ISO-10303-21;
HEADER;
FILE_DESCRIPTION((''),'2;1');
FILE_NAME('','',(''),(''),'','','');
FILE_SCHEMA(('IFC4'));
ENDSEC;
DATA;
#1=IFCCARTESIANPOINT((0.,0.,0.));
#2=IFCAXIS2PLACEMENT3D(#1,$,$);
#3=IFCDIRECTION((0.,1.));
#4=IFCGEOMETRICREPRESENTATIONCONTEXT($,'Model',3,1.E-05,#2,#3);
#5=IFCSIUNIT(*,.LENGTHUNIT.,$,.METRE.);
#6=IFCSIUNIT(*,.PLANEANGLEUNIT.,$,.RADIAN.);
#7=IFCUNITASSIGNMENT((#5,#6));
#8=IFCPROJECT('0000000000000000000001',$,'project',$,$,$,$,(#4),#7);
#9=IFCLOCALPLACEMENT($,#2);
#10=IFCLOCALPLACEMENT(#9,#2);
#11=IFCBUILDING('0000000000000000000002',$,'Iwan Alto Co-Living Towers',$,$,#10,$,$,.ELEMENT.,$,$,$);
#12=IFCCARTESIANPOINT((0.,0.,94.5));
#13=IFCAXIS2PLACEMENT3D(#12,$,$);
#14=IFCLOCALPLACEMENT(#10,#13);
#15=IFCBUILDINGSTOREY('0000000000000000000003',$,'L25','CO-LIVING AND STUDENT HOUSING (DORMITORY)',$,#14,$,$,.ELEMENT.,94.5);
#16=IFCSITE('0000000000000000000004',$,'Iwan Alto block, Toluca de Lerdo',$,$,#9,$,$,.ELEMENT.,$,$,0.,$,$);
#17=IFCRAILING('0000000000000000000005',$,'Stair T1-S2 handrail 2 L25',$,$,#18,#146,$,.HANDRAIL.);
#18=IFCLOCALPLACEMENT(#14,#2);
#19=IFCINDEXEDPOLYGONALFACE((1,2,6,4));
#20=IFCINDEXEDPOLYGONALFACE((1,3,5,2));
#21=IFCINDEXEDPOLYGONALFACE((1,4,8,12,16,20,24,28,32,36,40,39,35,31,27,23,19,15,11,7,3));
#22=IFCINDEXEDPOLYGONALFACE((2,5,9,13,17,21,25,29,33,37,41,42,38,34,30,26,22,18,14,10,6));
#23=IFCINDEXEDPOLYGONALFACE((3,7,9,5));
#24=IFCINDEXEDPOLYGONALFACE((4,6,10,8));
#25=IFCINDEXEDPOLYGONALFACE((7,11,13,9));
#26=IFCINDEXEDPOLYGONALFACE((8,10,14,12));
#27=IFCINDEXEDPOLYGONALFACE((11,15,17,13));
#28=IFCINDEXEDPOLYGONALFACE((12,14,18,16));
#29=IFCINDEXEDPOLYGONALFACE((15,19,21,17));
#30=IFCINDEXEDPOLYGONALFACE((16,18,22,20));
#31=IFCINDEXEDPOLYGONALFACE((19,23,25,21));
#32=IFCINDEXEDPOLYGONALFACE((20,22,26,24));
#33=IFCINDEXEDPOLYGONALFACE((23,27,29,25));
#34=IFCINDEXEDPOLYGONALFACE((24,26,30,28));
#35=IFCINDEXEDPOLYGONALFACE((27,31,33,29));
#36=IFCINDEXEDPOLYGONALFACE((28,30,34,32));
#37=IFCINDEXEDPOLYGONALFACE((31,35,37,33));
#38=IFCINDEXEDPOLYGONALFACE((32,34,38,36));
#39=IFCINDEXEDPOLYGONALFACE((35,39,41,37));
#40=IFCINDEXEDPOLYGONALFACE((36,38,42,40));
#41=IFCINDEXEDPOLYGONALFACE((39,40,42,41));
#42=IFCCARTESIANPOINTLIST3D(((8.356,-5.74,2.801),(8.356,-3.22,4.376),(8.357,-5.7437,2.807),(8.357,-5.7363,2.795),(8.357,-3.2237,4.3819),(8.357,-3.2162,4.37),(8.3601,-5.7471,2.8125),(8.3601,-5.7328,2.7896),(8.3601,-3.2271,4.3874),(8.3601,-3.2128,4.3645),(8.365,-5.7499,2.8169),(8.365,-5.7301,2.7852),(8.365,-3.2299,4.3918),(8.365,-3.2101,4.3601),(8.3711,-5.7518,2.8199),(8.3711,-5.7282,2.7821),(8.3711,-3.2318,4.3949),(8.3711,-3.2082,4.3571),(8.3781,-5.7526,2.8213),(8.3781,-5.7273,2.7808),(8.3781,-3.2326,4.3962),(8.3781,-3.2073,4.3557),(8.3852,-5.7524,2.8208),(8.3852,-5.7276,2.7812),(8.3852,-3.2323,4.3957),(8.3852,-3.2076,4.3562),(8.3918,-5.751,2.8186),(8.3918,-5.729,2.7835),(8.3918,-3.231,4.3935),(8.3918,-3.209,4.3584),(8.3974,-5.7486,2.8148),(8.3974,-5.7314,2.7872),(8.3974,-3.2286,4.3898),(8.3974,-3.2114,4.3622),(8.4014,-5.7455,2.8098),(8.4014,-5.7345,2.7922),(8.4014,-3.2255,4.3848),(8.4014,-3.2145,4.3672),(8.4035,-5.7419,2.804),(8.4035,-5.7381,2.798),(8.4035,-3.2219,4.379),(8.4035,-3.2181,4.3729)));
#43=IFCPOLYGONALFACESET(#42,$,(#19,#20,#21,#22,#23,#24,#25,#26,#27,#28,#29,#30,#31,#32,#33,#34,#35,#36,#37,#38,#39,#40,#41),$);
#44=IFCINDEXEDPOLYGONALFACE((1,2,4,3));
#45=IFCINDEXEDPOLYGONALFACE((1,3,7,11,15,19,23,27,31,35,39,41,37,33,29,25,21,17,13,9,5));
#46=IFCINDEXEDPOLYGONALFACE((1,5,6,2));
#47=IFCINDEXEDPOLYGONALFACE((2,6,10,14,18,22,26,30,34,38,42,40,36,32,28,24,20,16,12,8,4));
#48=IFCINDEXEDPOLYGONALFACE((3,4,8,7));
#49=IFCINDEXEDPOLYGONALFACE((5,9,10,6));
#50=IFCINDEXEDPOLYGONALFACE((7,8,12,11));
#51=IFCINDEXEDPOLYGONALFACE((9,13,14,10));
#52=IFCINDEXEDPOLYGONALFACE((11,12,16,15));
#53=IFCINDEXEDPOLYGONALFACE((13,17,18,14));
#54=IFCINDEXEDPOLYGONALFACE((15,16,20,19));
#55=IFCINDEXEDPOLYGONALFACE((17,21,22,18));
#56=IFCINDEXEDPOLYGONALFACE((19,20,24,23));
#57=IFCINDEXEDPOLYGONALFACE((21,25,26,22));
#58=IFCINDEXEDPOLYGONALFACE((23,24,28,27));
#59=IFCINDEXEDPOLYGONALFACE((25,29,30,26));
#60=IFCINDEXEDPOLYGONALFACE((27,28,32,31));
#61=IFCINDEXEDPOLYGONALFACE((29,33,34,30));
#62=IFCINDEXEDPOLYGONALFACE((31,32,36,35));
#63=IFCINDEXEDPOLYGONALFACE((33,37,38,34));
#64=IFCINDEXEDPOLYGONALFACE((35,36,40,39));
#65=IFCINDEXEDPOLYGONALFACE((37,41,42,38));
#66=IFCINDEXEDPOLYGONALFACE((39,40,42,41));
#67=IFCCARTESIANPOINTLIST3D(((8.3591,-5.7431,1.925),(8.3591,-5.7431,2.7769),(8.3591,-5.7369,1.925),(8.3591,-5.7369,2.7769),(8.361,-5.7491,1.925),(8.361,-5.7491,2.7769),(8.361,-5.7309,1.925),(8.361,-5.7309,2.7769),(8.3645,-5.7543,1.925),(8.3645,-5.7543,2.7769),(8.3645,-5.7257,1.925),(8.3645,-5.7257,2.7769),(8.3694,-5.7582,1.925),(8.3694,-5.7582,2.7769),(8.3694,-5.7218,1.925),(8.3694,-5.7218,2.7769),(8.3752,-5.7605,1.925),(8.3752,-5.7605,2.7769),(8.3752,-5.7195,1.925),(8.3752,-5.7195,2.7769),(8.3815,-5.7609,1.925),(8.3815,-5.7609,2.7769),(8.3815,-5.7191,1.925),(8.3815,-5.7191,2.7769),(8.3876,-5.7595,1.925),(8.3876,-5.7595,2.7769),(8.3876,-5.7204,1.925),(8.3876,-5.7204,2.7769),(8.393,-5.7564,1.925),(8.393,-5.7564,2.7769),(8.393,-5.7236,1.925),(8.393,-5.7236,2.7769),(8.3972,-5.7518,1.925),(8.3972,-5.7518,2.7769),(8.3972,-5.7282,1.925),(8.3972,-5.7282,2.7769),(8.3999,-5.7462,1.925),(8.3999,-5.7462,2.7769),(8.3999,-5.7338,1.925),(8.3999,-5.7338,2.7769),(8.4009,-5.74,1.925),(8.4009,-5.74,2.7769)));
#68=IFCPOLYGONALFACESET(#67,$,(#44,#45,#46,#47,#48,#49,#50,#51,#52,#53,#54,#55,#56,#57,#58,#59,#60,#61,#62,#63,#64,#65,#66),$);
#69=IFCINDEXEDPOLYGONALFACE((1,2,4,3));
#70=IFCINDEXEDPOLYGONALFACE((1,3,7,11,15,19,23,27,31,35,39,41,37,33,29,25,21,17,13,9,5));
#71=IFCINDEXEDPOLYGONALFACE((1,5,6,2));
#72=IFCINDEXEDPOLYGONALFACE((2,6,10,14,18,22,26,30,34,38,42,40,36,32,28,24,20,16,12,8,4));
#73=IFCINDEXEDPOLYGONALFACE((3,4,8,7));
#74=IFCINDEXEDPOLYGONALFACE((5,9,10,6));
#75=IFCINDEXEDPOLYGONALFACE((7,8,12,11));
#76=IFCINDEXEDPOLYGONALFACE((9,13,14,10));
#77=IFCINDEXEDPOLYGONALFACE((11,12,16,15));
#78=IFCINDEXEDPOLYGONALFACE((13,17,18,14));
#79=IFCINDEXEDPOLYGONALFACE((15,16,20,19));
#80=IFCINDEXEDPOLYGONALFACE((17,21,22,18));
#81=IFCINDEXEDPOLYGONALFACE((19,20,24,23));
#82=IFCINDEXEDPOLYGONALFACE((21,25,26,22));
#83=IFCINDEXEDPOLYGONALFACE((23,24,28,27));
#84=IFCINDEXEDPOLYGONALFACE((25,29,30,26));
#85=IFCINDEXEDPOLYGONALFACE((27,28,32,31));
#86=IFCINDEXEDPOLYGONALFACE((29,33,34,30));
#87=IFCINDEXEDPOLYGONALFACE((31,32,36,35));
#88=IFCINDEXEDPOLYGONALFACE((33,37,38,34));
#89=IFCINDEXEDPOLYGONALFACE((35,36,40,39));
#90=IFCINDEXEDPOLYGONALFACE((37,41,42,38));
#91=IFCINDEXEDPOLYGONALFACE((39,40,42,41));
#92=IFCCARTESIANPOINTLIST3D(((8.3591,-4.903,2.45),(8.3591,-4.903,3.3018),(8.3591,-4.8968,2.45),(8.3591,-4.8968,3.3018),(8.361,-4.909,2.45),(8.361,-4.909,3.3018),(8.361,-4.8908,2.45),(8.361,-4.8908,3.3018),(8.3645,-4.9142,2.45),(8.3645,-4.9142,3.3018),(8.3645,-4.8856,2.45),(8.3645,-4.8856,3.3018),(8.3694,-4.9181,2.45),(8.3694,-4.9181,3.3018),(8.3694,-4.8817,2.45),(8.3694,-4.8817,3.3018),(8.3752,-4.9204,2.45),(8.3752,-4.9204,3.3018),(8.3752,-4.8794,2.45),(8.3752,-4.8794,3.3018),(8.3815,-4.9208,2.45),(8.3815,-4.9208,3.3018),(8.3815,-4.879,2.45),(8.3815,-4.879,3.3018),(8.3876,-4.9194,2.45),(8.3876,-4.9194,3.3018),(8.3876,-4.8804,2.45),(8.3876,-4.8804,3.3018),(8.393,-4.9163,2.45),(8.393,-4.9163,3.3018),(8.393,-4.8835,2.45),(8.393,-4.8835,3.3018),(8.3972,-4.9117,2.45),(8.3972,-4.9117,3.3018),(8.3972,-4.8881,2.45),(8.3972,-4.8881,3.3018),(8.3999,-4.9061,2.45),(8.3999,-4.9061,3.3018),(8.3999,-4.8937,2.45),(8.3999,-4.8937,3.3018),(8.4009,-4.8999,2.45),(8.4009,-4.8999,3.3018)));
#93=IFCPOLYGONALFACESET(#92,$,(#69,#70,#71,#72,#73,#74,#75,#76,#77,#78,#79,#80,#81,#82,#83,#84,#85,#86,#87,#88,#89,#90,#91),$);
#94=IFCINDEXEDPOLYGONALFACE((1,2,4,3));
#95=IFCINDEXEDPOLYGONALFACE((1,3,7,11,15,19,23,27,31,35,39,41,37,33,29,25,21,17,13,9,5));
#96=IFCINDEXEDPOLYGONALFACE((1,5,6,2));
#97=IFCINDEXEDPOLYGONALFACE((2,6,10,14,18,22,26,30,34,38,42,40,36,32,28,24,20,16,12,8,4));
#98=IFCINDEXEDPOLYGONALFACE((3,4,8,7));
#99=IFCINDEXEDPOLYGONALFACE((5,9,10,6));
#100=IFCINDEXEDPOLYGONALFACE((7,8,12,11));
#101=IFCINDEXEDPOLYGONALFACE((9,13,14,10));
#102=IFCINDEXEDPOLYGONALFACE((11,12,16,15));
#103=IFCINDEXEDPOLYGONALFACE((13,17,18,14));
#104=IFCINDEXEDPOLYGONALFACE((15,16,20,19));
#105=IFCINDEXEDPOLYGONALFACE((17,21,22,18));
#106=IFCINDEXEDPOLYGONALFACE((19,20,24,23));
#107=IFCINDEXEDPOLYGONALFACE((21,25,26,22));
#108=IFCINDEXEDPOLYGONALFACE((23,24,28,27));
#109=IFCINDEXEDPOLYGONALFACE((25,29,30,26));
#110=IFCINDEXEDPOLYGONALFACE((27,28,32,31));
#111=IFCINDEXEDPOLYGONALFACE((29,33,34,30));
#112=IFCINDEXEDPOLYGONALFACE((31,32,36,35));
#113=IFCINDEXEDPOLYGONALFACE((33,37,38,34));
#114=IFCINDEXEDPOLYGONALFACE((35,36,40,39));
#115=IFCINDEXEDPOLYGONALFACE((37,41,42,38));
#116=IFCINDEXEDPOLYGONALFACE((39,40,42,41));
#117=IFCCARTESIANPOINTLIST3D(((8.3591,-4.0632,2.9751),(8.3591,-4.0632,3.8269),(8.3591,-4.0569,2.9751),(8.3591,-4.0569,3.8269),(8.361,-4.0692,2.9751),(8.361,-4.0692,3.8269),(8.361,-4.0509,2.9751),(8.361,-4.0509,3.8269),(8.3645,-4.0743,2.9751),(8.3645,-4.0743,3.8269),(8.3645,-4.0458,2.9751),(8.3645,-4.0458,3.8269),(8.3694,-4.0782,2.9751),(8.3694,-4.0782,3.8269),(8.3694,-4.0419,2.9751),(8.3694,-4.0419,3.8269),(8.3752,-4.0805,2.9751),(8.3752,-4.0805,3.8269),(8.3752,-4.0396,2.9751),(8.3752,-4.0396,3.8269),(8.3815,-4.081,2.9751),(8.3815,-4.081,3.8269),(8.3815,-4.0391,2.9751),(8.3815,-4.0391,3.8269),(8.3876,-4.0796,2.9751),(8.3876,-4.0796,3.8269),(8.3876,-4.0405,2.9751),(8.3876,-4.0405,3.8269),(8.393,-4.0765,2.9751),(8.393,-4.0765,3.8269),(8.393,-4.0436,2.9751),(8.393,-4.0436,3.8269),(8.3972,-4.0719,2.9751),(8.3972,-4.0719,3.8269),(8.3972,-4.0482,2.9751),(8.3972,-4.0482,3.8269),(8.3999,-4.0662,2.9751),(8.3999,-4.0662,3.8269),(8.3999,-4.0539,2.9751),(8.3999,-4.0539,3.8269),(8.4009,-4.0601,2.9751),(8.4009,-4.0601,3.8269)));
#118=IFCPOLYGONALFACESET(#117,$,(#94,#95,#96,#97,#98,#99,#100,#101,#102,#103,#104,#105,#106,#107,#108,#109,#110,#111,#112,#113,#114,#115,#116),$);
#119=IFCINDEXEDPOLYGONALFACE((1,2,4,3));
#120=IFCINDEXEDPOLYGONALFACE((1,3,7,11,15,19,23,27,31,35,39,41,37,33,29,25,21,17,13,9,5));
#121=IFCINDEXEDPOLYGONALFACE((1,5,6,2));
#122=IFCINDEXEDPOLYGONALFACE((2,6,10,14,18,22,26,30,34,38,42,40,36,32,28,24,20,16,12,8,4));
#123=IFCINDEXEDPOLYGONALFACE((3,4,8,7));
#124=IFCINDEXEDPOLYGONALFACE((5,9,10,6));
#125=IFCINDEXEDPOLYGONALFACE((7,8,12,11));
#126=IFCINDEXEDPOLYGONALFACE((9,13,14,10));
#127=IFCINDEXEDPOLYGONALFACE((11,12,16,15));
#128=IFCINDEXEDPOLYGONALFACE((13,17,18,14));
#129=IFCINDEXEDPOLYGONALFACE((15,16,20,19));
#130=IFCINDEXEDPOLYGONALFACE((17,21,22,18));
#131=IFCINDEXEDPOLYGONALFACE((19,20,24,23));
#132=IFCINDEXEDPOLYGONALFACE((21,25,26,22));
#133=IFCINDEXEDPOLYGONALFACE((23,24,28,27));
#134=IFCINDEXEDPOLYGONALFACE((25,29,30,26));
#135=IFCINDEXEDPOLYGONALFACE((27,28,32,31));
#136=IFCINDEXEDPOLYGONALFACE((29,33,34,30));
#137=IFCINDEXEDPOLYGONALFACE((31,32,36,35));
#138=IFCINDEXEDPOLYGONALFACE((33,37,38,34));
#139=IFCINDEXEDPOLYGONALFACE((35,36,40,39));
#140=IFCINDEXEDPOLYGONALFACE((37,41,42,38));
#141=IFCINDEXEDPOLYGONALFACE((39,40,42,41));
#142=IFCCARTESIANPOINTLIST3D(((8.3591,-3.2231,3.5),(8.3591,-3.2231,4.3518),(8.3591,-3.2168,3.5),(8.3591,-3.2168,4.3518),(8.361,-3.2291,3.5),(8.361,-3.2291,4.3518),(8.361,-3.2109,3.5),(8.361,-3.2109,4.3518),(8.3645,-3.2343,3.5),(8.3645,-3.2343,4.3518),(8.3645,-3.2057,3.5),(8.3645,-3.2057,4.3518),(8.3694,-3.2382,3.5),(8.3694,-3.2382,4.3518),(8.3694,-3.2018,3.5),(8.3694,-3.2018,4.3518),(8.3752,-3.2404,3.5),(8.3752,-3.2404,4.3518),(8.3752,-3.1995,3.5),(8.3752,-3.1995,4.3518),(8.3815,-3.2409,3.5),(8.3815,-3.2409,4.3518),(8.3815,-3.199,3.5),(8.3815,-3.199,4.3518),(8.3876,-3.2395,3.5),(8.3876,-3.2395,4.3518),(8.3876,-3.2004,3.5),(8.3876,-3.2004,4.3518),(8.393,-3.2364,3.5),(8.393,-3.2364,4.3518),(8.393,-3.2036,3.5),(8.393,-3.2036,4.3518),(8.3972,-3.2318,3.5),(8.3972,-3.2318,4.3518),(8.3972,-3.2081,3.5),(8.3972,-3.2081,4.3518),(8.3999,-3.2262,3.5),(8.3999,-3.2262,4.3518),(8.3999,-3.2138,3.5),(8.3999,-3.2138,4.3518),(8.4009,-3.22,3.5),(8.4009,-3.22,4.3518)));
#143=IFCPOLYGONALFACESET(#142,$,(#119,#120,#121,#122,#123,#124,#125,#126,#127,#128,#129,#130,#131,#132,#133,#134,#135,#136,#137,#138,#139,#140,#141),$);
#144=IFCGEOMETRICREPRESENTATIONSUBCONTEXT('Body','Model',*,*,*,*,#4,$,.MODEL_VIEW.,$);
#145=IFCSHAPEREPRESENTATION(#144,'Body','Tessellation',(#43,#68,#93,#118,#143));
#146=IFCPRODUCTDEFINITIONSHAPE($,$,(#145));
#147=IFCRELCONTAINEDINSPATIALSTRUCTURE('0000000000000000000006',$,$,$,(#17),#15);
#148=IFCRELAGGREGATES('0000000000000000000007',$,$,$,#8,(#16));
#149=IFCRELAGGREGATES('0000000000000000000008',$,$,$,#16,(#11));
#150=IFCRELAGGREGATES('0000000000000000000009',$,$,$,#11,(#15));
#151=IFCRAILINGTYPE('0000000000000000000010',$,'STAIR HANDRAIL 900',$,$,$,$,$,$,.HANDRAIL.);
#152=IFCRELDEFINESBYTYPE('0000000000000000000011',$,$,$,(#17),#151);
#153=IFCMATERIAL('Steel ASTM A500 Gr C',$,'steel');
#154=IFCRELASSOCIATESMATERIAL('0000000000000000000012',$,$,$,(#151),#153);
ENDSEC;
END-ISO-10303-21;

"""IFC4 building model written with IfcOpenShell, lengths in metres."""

from ifc_helpers import new_model, si_unit, direction, frame, origin, origin_2d, place, context, subcontext, project, spatial, circle, extrude, material, type_object, element, save


model = new_model("IFC4")

# Units and contexts
model_context = context("Model", 3, precision=1e-05, world=origin(), true_north=direction((0.0, 1.0)))
body_context = subcontext(model_context, "Body", "Model", "MODEL_VIEW")
ifc_project = project(units=[si_unit("LENGTHUNIT", "METRE"), si_unit("PLANEANGLEUNIT", "RADIAN")], contexts=[model_context])

# Site, building, storey
site_placement = place(None, origin())
site = spatial("IfcSite", under=ifc_project, at=site_placement, Name="Iwan Alto block, Toluca de Lerdo", CompositionType="ELEMENT", RefElevation=0.0)
building_placement = place(site_placement, origin())
building = spatial("IfcBuilding", under=site, at=building_placement, Name="Iwan Alto Co-Living Towers", CompositionType="ELEMENT")
storey_placement = place(building_placement, frame((0.0, 0.0, 94.5)))
storey = spatial("IfcBuildingStorey", under=building, at=storey_placement, Name="L25", Description="CO-LIVING AND STUDENT HOUSING (DORMITORY)", CompositionType="ELEMENT", Elevation=94.5)

# Railing
ifc_material_1 = material(Name="Steel ASTM A500 Gr C", Category="steel")
railing_type_1 = type_object("IfcRailingType", Name="STAIR HANDRAIL 900", PredefinedType="HANDRAIL", material=ifc_material_1)
railing_1_placement = place(storey_placement, frame((8.3799, -5.74, 1.925)))
element("IfcRailing", 1, at=railing_1_placement, inside=storey, type_object=railing_type_1, Name="Stair T1-S2 handrail 2 L25", PredefinedType="HANDRAIL", context=body_context, shape_type="SweptSolid", body=[
    extrude(circle(Radius=0.0239, at=origin_2d()), frame((0.0, 0.0, 0.876), z_axis=(0.0, 0.848008, 0.529984), x_axis=(-1.0, 0.0, 0.0)), (0.0, 0.0, 1.0), 2.9717),
    extrude(circle(Radius=0.021, at=origin_2d()), origin(), (0.0, 0.0, 1.0), 0.8518),
    extrude(circle(Radius=0.021, at=origin_2d()), frame((0.0, 0.8401, 0.5249)), (0.0, 0.0, 1.0), 0.8518),
    extrude(circle(Radius=0.021, at=origin_2d()), frame((0.0, 1.6799, 1.05)), (0.0, 0.0, 1.0), 0.8518),
    extrude(circle(Radius=0.021, at=origin_2d()), frame((0.0, 2.52, 1.575)), (0.0, 0.0, 1.0), 0.8518),
])

save(model, "model.ifc")
